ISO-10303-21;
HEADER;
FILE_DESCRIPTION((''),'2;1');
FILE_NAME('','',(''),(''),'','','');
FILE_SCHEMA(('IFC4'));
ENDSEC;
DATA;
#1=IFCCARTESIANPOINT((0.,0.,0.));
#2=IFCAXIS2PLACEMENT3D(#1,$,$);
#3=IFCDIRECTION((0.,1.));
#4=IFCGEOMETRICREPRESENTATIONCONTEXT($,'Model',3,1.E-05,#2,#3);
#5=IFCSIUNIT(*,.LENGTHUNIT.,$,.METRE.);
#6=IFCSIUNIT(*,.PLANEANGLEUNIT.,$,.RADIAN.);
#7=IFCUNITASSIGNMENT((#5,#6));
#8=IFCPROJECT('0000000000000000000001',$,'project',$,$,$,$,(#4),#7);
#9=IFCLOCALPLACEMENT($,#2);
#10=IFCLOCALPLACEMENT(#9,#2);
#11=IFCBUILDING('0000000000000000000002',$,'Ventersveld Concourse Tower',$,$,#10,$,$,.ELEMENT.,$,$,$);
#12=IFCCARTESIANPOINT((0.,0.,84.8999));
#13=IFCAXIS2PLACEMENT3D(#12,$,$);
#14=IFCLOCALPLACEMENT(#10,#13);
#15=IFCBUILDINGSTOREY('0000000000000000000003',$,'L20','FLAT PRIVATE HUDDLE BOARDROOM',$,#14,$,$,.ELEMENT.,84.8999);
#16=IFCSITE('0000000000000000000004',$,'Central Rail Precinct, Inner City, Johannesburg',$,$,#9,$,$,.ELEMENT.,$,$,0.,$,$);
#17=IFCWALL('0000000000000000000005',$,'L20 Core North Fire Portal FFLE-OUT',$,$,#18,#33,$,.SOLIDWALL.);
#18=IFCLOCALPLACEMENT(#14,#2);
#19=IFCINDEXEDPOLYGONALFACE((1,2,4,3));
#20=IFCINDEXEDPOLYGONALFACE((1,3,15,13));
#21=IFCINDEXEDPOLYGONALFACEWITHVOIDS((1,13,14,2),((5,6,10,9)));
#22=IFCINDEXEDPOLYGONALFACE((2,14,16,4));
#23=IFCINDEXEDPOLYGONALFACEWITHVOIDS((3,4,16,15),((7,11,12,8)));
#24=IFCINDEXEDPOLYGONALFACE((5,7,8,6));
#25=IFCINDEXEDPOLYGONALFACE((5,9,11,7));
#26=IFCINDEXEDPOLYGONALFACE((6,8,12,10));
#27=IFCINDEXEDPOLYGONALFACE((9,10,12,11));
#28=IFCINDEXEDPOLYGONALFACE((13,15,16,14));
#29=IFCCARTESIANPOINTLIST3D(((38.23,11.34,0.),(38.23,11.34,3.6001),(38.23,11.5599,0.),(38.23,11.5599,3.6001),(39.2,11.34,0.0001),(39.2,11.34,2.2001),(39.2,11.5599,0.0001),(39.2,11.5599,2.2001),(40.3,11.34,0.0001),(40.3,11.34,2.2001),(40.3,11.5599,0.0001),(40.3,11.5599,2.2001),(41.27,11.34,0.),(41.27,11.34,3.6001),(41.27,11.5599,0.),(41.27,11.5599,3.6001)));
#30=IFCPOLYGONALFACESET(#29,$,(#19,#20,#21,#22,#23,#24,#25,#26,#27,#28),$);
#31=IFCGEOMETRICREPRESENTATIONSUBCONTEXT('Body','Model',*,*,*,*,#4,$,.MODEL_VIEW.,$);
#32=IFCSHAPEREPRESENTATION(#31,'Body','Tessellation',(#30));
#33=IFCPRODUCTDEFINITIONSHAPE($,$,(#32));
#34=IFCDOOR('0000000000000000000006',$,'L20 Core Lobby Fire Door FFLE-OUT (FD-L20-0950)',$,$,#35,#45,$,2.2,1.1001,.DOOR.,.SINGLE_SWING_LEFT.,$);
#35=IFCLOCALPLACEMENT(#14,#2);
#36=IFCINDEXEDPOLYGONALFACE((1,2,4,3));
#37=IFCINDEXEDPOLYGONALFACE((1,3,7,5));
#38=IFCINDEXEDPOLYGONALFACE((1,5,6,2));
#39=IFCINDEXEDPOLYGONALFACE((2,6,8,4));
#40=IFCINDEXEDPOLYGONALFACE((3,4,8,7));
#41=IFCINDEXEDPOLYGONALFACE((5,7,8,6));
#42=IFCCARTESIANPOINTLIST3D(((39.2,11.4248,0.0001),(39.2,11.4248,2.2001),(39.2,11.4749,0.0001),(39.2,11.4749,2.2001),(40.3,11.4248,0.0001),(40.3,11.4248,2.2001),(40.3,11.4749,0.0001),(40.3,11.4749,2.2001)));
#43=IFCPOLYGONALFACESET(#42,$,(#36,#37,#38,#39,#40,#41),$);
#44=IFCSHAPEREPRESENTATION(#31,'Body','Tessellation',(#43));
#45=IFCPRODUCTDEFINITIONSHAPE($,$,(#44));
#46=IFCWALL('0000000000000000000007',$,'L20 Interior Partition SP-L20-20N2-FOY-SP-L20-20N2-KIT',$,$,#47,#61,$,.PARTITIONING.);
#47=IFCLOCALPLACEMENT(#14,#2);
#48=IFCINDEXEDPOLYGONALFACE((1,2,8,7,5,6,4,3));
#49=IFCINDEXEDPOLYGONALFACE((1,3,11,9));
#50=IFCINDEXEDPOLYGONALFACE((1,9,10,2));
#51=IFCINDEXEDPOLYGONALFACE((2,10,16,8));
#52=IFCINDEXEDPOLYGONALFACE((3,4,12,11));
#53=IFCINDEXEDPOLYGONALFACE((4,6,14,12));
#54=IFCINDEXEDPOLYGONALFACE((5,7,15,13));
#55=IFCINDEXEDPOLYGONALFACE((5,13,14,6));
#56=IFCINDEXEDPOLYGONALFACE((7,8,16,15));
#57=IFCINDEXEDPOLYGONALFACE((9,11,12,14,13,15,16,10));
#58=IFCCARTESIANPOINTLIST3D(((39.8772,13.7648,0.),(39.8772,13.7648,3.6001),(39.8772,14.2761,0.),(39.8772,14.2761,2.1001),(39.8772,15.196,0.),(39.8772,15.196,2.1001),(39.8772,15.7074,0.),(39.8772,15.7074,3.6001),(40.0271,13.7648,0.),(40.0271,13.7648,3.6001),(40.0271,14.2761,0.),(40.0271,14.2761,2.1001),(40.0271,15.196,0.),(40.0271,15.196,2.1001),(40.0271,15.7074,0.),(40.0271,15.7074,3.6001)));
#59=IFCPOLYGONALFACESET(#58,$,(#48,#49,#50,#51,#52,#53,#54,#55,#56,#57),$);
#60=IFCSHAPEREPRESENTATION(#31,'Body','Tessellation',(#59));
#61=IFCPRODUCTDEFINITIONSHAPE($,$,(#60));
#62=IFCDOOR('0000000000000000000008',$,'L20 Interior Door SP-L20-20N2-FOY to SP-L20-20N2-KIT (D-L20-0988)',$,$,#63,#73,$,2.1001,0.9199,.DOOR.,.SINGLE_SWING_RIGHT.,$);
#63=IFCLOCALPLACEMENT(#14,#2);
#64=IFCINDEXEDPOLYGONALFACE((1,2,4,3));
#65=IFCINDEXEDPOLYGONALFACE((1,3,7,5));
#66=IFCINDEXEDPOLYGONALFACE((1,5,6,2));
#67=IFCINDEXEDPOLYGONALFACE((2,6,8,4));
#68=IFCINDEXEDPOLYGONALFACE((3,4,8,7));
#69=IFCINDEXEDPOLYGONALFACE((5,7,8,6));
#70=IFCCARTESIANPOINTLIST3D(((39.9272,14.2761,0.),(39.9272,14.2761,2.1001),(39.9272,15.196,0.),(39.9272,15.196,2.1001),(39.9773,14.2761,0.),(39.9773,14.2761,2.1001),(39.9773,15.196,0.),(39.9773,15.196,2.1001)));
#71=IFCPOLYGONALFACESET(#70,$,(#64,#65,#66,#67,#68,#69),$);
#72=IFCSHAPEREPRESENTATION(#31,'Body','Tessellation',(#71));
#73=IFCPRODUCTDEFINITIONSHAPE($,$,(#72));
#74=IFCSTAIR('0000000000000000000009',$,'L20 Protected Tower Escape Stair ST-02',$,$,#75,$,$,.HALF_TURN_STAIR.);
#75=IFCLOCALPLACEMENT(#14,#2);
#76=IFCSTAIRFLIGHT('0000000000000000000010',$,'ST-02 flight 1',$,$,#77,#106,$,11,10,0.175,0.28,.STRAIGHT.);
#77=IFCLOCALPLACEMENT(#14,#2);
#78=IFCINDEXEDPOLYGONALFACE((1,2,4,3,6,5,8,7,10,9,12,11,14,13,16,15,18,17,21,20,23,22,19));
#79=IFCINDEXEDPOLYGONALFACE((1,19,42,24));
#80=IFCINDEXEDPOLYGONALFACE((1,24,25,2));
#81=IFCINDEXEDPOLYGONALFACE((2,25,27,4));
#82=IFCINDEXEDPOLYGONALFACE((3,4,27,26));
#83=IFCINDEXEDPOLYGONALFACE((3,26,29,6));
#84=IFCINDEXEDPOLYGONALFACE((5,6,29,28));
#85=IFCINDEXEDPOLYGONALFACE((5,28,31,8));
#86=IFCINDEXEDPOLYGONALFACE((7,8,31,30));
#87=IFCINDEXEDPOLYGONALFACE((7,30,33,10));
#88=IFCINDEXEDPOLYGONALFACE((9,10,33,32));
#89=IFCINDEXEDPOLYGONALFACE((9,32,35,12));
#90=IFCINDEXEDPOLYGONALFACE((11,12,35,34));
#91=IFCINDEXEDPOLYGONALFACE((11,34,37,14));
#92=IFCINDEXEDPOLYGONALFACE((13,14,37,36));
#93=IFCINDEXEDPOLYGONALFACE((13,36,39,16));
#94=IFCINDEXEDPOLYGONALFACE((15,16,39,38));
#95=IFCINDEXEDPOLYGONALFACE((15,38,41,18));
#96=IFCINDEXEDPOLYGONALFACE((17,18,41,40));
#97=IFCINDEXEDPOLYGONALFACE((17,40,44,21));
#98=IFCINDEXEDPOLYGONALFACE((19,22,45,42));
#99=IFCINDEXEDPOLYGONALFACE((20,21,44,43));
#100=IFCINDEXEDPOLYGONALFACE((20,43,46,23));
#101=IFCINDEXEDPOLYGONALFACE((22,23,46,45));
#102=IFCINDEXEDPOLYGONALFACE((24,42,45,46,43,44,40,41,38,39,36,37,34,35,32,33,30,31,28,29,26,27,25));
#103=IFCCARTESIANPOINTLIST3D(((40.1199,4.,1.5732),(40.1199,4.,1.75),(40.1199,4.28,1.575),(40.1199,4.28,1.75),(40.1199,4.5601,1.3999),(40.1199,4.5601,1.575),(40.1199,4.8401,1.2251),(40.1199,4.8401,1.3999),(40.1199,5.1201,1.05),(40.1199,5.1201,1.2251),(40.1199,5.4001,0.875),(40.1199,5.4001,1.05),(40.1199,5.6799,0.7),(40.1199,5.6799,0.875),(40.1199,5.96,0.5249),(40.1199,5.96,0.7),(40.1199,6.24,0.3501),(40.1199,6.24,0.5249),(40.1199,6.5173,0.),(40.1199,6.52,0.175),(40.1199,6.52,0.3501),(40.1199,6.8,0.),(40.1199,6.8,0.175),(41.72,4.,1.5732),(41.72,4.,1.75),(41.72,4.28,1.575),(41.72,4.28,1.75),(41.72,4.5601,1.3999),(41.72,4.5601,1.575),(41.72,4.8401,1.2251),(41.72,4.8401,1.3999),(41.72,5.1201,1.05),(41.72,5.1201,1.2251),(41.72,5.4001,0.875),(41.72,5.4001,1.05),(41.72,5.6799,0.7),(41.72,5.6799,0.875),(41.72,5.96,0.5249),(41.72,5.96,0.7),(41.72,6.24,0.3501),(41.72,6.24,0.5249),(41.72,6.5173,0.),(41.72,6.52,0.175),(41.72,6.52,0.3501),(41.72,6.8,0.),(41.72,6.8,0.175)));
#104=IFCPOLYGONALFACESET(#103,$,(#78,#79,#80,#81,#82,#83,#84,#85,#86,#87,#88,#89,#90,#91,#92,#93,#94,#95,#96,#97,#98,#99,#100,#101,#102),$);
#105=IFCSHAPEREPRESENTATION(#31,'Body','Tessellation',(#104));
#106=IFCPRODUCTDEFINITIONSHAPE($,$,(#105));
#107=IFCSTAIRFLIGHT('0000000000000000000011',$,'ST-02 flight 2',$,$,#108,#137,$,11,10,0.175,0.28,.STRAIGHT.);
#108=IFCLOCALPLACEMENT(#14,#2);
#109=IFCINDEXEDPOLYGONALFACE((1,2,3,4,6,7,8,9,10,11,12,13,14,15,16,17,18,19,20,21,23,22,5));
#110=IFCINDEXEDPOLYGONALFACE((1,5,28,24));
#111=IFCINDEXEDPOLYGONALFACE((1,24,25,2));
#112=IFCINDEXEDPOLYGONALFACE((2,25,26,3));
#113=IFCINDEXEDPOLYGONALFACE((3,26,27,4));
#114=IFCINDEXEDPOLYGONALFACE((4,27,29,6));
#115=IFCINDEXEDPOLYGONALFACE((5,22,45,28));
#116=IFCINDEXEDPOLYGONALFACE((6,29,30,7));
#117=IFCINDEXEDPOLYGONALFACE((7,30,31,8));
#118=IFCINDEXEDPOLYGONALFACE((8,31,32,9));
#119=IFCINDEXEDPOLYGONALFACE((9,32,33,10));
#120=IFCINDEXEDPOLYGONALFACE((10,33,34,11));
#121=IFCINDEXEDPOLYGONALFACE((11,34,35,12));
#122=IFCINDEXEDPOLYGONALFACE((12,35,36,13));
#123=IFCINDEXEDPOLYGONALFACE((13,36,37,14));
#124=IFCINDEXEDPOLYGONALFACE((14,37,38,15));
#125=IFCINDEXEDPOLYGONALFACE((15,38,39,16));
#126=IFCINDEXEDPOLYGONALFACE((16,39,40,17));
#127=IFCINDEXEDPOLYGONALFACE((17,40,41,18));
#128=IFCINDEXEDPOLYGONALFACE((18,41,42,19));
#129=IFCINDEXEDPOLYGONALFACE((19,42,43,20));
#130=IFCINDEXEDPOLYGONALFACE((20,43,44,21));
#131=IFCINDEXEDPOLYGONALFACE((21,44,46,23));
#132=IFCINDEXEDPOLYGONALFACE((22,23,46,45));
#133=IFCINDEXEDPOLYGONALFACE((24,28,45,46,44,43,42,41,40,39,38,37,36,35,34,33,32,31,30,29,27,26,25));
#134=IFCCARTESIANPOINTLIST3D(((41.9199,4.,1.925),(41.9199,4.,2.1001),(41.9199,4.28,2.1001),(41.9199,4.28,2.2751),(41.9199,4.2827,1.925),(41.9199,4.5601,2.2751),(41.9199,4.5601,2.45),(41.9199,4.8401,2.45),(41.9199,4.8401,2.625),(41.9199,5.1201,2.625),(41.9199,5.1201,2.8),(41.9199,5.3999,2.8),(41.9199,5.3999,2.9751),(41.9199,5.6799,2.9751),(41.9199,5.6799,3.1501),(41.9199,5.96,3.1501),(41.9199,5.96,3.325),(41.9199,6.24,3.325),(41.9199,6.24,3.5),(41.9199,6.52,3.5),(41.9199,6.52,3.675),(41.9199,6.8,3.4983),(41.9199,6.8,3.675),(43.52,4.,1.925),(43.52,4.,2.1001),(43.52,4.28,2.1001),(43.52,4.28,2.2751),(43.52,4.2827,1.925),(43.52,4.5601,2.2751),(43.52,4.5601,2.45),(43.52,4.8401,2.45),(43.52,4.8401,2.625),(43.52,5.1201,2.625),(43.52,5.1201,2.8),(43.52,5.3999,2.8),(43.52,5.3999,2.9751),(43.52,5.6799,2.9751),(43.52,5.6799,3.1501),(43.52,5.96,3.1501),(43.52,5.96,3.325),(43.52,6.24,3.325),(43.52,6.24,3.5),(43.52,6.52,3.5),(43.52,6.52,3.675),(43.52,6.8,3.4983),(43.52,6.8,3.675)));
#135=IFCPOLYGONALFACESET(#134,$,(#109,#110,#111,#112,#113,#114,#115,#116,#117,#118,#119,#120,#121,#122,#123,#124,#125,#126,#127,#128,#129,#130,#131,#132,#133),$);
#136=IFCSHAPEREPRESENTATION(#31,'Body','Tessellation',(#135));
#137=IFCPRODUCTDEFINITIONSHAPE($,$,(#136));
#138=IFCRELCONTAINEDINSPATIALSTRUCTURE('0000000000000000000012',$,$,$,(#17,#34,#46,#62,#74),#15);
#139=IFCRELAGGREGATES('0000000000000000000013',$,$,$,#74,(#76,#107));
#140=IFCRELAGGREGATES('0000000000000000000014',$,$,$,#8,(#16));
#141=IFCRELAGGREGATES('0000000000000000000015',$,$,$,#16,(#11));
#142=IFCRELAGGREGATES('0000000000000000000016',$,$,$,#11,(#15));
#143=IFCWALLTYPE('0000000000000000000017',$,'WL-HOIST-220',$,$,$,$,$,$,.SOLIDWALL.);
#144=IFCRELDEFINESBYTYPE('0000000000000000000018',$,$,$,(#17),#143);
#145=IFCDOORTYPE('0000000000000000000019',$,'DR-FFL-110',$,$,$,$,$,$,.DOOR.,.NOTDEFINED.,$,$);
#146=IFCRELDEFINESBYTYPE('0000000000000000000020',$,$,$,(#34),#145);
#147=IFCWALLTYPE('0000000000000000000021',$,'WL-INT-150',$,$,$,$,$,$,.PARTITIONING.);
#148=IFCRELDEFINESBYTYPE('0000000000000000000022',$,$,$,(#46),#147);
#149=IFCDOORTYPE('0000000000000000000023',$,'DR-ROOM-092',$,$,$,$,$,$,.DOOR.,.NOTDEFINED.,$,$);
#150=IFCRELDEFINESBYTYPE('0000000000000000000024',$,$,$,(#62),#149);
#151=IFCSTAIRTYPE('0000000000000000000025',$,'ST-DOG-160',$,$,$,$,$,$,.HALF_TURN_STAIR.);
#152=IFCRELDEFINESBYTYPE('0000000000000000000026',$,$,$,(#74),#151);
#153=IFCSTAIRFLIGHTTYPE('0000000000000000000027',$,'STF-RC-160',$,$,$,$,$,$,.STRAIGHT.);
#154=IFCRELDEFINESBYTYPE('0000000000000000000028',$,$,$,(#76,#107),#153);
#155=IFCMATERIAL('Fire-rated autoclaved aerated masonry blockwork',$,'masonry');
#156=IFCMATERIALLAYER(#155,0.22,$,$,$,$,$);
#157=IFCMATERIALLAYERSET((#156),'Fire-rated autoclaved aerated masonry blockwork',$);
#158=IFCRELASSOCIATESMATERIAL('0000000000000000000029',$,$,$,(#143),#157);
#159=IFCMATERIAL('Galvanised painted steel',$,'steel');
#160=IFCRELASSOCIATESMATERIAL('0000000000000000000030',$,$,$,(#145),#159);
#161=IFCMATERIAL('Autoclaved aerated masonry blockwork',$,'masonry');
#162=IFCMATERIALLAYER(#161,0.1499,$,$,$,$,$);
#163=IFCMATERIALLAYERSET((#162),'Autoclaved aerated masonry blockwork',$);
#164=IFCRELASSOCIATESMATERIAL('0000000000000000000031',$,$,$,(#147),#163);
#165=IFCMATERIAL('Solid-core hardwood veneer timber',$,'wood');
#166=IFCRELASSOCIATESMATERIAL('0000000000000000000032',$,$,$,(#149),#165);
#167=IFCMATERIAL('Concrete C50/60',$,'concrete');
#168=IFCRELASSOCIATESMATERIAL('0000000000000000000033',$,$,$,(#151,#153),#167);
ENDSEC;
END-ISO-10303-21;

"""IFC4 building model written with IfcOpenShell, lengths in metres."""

from ifc_helpers import new_model, si_unit, direction, frame, frame_2d, origin, place, context, subcontext, project, spatial, polyline, rectangle, outline, extrude, material, layer, layer_set, type_object, element, fill, aggregate, save


model = new_model("IFC4")

# Units and contexts
model_context = context("Model", 3, precision=1e-05, world=origin(), true_north=direction((0.0, 1.0)))
body_context = subcontext(model_context, "Body", "Model", "MODEL_VIEW")
ifc_project = project(units=[si_unit("LENGTHUNIT", "METRE"), si_unit("PLANEANGLEUNIT", "RADIAN")], contexts=[model_context])

# Site, building, storey
site_placement = place(None, origin())
site = spatial("IfcSite", under=ifc_project, at=site_placement, Name="Central Rail Precinct, Inner City, Johannesburg", CompositionType="ELEMENT", RefElevation=0.0)
building_placement = place(site_placement, origin())
building = spatial("IfcBuilding", under=site, at=building_placement, Name="Ventersveld Concourse Tower", CompositionType="ELEMENT")
storey_placement = place(building_placement, frame((0.0, 0.0, 84.8999)))
storey = spatial("IfcBuildingStorey", under=building, at=storey_placement, Name="L20", Description="FLAT PRIVATE HUDDLE BOARDROOM", CompositionType="ELEMENT", Elevation=84.8999)

# Shared definitions
ifc_material_1 = material(Name="Fire-rated autoclaved aerated masonry blockwork", Category="masonry")
ifc_layer_1 = layer(ifc_material_1, 0.22)
ifc_layer_set_1 = layer_set([ifc_layer_1], Name="Fire-rated autoclaved aerated masonry blockwork")
wall_type_1 = type_object("IfcWallType", Name="WL-HOIST-220", PredefinedType="SOLIDWALL", material=ifc_layer_set_1)

# Walls, openings, doors
ifc_material_2 = material(Name="Galvanised painted steel", Category="steel")
wall_1_placement = place(storey_placement, frame((38.23, 11.45, 0.0), z_axis=(0.0, 0.0, 1.0), x_axis=(1.0, 0.0, 0.0)))
wall_1 = element("IfcWall", 1, at=wall_1_placement, inside=storey, type_object=wall_type_1, Name="L20 Core North Fire Portal FFLE-OUT", PredefinedType="SOLIDWALL", context=body_context, shape_type="SweptSolid", body=[
    extrude(rectangle(XDim=3.04, YDim=0.22, at=frame_2d((1.52, 0.0))), origin(), (0.0, 0.0, 1.0), 3.6001),
])
opening_1_placement = place(wall_1_placement, frame((0.97, 0.0, 0.0)))
opening_1 = element("IfcOpeningElement", 2, at=opening_1_placement, cuts=wall_1, PredefinedType="OPENING", context=body_context, shape_type="SweptSolid", body=[
    extrude(rectangle(XDim=1.1001, YDim=2.2, at=frame_2d((0.55, 1.1001))), frame((0.0, 0.1201, 0.0), z_axis=(0.0, -1.0, 0.0), x_axis=(1.0, 0.0, 0.0)), (0.0, 0.0, 1.0), 0.24),
])
door_type_1 = type_object("IfcDoorType", Name="DR-FFL-110", OperationType="NOTDEFINED", PredefinedType="DOOR", material=ifc_material_2)
door_1_placement = place(opening_1_placement, origin())
door_1 = element("IfcDoor", 3, at=door_1_placement, inside=storey, type_object=door_type_1, Name="L20 Core Lobby Fire Door FFLE-OUT (FD-L20-0950)", OperationType="SINGLE_SWING_LEFT", OverallHeight=2.2, OverallWidth=1.1001, PredefinedType="DOOR", context=body_context, shape_type="SweptSolid", body=[
    extrude(rectangle(XDim=1.1001, YDim=2.2, at=frame_2d((0.55, 1.1001))), frame((0.0, 0.0249, 0.0), z_axis=(0.0, -1.0, 0.0), x_axis=(1.0, 0.0, 0.0)), (0.0, 0.0, 1.0), 0.05),
])
fill(opening_1, door_1)
ifc_material_3 = material(Name="Autoclaved aerated masonry blockwork", Category="masonry")
ifc_layer_2 = layer(ifc_material_3, 0.1499)
ifc_layer_set_2 = layer_set([ifc_layer_2], Name="Autoclaved aerated masonry blockwork")
wall_type_2 = type_object("IfcWallType", Name="WL-INT-150", PredefinedType="PARTITIONING", material=ifc_layer_set_2)
wall_2_placement = place(storey_placement, frame((39.9521, 13.7649, 0.0), z_axis=(0.0, 0.0, 1.0), x_axis=(0.0, 1.0, 0.0)))
wall_2 = element("IfcWall", 4, at=wall_2_placement, inside=storey, type_object=wall_type_2, Name="L20 Interior Partition SP-L20-20N2-FOY-SP-L20-20N2-KIT", PredefinedType="PARTITIONING", context=body_context, shape_type="SweptSolid", body=[
    extrude(rectangle(XDim=1.9426, YDim=0.1499, at=frame_2d((0.9712, 0.0))), origin(), (0.0, 0.0, 1.0), 3.6001),
])
opening_2_placement = place(wall_2_placement, frame((0.5112, 0.0, 0.0)))
opening_2 = element("IfcOpeningElement", 5, at=opening_2_placement, cuts=wall_2, PredefinedType="OPENING", context=body_context, shape_type="SweptSolid", body=[
    extrude(rectangle(XDim=0.9199, YDim=2.1001, at=frame_2d((0.46, 1.05))), frame((0.0, 0.085, 0.0), z_axis=(0.0, -1.0, 0.0), x_axis=(1.0, 0.0, 0.0)), (0.0, 0.0, 1.0), 0.1699),
])
ifc_material_4 = material(Name="Solid-core hardwood veneer timber", Category="wood")
door_type_2 = type_object("IfcDoorType", Name="DR-ROOM-092", OperationType="NOTDEFINED", PredefinedType="DOOR", material=ifc_material_4)
door_2_placement = place(opening_2_placement, origin())
door_2 = element("IfcDoor", 6, at=door_2_placement, inside=storey, type_object=door_type_2, Name="L20 Interior Door SP-L20-20N2-FOY to SP-L20-20N2-KIT (D-L20-0988)", OperationType="SINGLE_SWING_RIGHT", OverallHeight=2.1001, OverallWidth=0.9199, PredefinedType="DOOR", context=body_context, shape_type="SweptSolid", body=[
    extrude(rectangle(XDim=0.9199, YDim=2.1001, at=frame_2d((0.46, 1.05))), frame((0.0, 0.0249, 0.0), z_axis=(0.0, -1.0, 0.0), x_axis=(1.0, 0.0, 0.0)), (0.0, 0.0, 1.0), 0.05),
])
fill(opening_2, door_2)

# Stair, stair flights
ifc_material_5 = material(Name="Concrete C50/60", Category="concrete")
stair_type = type_object("IfcStairType", Name="ST-DOG-160", PredefinedType="HALF_TURN_STAIR", material=ifc_material_5)
stair_placement = place(storey_placement, origin())
stair = element("IfcStair", 7, at=stair_placement, inside=storey, type_object=stair_type, Name="L20 Protected Tower Escape Stair ST-02", PredefinedType="HALF_TURN_STAIR")
stair_flight_type = type_object("IfcStairFlightType", Name="STF-RC-160", PredefinedType="STRAIGHT", material=ifc_material_5)
stair_flight_1_placement = place(storey_placement, frame((40.9199, 6.8, 0.0), z_axis=(0.0, 0.0, 1.0), x_axis=(0.0, -1.0, 0.0)))
stair_flight_1 = element("IfcStairFlight", 8, at=stair_flight_1_placement, type_object=stair_flight_type, Name="ST-02 flight 1", NumberOfRisers=11, NumberOfTreads=10, PredefinedType="STRAIGHT", RiserHeight=0.175, TreadLength=0.28, context=body_context, shape_type="SweptSolid", body=[
    extrude(outline(polyline([(0.0, 0.0), (0.0, 0.175), (0.28, 0.175), (0.28, 0.3501), (0.5601, 0.3501), (0.5601, 0.5249), (0.8401, 0.5249), (0.8401, 0.7), (1.1201, 0.7), (1.1201, 0.875), (1.3999, 0.875), (1.3999, 1.05), (1.6799, 1.05), (1.6799, 1.2251), (1.96, 1.2251), (1.96, 1.3999), (2.24, 1.3999), (2.24, 1.575), (2.52, 1.575), (2.52, 1.75), (2.8, 1.75), (2.8, 1.925), (2.8, 1.5732), (0.2827, 0.0), (0.0, 0.0)])), frame((0.0, 0.8, 0.0), z_axis=(0.0, -1.0, 0.0), x_axis=(1.0, 0.0, 0.0)), (0.0, 0.0, 1.0), 1.6001),
])
stair_flight_2_placement = place(storey_placement, frame((42.72, 4.0, 1.925), z_axis=(0.0, 0.0, 1.0), x_axis=(0.0, 1.0, 0.0)))
stair_flight_2 = element("IfcStairFlight", 9, at=stair_flight_2_placement, type_object=stair_flight_type, Name="ST-02 flight 2", NumberOfRisers=11, NumberOfTreads=10, PredefinedType="STRAIGHT", RiserHeight=0.175, TreadLength=0.28, context=body_context, shape_type="SweptSolid", body=[
    extrude(outline(polyline([(0.0, 0.0), (0.0, 0.175), (0.28, 0.175), (0.28, 0.3501), (0.5601, 0.3501), (0.5601, 0.5249), (0.8401, 0.5249), (0.8401, 0.7), (1.1201, 0.7), (1.1201, 0.875), (1.3999, 0.875), (1.3999, 1.05), (1.6799, 1.05), (1.6799, 1.2251), (1.96, 1.2251), (1.96, 1.3999), (2.24, 1.3999), (2.24, 1.575), (2.52, 1.575), (2.52, 1.75), (2.8, 1.75), (2.8, 1.925), (2.8, 1.5732), (0.2827, 0.0), (0.0, 0.0)])), frame((0.0, 0.8, 0.0), z_axis=(0.0, -1.0, 0.0), x_axis=(1.0, 0.0, 0.0)), (0.0, 0.0, 1.0), 1.6001),
])
aggregate(stair, [stair_flight_1, stair_flight_2])

save(model, "model.ifc")
